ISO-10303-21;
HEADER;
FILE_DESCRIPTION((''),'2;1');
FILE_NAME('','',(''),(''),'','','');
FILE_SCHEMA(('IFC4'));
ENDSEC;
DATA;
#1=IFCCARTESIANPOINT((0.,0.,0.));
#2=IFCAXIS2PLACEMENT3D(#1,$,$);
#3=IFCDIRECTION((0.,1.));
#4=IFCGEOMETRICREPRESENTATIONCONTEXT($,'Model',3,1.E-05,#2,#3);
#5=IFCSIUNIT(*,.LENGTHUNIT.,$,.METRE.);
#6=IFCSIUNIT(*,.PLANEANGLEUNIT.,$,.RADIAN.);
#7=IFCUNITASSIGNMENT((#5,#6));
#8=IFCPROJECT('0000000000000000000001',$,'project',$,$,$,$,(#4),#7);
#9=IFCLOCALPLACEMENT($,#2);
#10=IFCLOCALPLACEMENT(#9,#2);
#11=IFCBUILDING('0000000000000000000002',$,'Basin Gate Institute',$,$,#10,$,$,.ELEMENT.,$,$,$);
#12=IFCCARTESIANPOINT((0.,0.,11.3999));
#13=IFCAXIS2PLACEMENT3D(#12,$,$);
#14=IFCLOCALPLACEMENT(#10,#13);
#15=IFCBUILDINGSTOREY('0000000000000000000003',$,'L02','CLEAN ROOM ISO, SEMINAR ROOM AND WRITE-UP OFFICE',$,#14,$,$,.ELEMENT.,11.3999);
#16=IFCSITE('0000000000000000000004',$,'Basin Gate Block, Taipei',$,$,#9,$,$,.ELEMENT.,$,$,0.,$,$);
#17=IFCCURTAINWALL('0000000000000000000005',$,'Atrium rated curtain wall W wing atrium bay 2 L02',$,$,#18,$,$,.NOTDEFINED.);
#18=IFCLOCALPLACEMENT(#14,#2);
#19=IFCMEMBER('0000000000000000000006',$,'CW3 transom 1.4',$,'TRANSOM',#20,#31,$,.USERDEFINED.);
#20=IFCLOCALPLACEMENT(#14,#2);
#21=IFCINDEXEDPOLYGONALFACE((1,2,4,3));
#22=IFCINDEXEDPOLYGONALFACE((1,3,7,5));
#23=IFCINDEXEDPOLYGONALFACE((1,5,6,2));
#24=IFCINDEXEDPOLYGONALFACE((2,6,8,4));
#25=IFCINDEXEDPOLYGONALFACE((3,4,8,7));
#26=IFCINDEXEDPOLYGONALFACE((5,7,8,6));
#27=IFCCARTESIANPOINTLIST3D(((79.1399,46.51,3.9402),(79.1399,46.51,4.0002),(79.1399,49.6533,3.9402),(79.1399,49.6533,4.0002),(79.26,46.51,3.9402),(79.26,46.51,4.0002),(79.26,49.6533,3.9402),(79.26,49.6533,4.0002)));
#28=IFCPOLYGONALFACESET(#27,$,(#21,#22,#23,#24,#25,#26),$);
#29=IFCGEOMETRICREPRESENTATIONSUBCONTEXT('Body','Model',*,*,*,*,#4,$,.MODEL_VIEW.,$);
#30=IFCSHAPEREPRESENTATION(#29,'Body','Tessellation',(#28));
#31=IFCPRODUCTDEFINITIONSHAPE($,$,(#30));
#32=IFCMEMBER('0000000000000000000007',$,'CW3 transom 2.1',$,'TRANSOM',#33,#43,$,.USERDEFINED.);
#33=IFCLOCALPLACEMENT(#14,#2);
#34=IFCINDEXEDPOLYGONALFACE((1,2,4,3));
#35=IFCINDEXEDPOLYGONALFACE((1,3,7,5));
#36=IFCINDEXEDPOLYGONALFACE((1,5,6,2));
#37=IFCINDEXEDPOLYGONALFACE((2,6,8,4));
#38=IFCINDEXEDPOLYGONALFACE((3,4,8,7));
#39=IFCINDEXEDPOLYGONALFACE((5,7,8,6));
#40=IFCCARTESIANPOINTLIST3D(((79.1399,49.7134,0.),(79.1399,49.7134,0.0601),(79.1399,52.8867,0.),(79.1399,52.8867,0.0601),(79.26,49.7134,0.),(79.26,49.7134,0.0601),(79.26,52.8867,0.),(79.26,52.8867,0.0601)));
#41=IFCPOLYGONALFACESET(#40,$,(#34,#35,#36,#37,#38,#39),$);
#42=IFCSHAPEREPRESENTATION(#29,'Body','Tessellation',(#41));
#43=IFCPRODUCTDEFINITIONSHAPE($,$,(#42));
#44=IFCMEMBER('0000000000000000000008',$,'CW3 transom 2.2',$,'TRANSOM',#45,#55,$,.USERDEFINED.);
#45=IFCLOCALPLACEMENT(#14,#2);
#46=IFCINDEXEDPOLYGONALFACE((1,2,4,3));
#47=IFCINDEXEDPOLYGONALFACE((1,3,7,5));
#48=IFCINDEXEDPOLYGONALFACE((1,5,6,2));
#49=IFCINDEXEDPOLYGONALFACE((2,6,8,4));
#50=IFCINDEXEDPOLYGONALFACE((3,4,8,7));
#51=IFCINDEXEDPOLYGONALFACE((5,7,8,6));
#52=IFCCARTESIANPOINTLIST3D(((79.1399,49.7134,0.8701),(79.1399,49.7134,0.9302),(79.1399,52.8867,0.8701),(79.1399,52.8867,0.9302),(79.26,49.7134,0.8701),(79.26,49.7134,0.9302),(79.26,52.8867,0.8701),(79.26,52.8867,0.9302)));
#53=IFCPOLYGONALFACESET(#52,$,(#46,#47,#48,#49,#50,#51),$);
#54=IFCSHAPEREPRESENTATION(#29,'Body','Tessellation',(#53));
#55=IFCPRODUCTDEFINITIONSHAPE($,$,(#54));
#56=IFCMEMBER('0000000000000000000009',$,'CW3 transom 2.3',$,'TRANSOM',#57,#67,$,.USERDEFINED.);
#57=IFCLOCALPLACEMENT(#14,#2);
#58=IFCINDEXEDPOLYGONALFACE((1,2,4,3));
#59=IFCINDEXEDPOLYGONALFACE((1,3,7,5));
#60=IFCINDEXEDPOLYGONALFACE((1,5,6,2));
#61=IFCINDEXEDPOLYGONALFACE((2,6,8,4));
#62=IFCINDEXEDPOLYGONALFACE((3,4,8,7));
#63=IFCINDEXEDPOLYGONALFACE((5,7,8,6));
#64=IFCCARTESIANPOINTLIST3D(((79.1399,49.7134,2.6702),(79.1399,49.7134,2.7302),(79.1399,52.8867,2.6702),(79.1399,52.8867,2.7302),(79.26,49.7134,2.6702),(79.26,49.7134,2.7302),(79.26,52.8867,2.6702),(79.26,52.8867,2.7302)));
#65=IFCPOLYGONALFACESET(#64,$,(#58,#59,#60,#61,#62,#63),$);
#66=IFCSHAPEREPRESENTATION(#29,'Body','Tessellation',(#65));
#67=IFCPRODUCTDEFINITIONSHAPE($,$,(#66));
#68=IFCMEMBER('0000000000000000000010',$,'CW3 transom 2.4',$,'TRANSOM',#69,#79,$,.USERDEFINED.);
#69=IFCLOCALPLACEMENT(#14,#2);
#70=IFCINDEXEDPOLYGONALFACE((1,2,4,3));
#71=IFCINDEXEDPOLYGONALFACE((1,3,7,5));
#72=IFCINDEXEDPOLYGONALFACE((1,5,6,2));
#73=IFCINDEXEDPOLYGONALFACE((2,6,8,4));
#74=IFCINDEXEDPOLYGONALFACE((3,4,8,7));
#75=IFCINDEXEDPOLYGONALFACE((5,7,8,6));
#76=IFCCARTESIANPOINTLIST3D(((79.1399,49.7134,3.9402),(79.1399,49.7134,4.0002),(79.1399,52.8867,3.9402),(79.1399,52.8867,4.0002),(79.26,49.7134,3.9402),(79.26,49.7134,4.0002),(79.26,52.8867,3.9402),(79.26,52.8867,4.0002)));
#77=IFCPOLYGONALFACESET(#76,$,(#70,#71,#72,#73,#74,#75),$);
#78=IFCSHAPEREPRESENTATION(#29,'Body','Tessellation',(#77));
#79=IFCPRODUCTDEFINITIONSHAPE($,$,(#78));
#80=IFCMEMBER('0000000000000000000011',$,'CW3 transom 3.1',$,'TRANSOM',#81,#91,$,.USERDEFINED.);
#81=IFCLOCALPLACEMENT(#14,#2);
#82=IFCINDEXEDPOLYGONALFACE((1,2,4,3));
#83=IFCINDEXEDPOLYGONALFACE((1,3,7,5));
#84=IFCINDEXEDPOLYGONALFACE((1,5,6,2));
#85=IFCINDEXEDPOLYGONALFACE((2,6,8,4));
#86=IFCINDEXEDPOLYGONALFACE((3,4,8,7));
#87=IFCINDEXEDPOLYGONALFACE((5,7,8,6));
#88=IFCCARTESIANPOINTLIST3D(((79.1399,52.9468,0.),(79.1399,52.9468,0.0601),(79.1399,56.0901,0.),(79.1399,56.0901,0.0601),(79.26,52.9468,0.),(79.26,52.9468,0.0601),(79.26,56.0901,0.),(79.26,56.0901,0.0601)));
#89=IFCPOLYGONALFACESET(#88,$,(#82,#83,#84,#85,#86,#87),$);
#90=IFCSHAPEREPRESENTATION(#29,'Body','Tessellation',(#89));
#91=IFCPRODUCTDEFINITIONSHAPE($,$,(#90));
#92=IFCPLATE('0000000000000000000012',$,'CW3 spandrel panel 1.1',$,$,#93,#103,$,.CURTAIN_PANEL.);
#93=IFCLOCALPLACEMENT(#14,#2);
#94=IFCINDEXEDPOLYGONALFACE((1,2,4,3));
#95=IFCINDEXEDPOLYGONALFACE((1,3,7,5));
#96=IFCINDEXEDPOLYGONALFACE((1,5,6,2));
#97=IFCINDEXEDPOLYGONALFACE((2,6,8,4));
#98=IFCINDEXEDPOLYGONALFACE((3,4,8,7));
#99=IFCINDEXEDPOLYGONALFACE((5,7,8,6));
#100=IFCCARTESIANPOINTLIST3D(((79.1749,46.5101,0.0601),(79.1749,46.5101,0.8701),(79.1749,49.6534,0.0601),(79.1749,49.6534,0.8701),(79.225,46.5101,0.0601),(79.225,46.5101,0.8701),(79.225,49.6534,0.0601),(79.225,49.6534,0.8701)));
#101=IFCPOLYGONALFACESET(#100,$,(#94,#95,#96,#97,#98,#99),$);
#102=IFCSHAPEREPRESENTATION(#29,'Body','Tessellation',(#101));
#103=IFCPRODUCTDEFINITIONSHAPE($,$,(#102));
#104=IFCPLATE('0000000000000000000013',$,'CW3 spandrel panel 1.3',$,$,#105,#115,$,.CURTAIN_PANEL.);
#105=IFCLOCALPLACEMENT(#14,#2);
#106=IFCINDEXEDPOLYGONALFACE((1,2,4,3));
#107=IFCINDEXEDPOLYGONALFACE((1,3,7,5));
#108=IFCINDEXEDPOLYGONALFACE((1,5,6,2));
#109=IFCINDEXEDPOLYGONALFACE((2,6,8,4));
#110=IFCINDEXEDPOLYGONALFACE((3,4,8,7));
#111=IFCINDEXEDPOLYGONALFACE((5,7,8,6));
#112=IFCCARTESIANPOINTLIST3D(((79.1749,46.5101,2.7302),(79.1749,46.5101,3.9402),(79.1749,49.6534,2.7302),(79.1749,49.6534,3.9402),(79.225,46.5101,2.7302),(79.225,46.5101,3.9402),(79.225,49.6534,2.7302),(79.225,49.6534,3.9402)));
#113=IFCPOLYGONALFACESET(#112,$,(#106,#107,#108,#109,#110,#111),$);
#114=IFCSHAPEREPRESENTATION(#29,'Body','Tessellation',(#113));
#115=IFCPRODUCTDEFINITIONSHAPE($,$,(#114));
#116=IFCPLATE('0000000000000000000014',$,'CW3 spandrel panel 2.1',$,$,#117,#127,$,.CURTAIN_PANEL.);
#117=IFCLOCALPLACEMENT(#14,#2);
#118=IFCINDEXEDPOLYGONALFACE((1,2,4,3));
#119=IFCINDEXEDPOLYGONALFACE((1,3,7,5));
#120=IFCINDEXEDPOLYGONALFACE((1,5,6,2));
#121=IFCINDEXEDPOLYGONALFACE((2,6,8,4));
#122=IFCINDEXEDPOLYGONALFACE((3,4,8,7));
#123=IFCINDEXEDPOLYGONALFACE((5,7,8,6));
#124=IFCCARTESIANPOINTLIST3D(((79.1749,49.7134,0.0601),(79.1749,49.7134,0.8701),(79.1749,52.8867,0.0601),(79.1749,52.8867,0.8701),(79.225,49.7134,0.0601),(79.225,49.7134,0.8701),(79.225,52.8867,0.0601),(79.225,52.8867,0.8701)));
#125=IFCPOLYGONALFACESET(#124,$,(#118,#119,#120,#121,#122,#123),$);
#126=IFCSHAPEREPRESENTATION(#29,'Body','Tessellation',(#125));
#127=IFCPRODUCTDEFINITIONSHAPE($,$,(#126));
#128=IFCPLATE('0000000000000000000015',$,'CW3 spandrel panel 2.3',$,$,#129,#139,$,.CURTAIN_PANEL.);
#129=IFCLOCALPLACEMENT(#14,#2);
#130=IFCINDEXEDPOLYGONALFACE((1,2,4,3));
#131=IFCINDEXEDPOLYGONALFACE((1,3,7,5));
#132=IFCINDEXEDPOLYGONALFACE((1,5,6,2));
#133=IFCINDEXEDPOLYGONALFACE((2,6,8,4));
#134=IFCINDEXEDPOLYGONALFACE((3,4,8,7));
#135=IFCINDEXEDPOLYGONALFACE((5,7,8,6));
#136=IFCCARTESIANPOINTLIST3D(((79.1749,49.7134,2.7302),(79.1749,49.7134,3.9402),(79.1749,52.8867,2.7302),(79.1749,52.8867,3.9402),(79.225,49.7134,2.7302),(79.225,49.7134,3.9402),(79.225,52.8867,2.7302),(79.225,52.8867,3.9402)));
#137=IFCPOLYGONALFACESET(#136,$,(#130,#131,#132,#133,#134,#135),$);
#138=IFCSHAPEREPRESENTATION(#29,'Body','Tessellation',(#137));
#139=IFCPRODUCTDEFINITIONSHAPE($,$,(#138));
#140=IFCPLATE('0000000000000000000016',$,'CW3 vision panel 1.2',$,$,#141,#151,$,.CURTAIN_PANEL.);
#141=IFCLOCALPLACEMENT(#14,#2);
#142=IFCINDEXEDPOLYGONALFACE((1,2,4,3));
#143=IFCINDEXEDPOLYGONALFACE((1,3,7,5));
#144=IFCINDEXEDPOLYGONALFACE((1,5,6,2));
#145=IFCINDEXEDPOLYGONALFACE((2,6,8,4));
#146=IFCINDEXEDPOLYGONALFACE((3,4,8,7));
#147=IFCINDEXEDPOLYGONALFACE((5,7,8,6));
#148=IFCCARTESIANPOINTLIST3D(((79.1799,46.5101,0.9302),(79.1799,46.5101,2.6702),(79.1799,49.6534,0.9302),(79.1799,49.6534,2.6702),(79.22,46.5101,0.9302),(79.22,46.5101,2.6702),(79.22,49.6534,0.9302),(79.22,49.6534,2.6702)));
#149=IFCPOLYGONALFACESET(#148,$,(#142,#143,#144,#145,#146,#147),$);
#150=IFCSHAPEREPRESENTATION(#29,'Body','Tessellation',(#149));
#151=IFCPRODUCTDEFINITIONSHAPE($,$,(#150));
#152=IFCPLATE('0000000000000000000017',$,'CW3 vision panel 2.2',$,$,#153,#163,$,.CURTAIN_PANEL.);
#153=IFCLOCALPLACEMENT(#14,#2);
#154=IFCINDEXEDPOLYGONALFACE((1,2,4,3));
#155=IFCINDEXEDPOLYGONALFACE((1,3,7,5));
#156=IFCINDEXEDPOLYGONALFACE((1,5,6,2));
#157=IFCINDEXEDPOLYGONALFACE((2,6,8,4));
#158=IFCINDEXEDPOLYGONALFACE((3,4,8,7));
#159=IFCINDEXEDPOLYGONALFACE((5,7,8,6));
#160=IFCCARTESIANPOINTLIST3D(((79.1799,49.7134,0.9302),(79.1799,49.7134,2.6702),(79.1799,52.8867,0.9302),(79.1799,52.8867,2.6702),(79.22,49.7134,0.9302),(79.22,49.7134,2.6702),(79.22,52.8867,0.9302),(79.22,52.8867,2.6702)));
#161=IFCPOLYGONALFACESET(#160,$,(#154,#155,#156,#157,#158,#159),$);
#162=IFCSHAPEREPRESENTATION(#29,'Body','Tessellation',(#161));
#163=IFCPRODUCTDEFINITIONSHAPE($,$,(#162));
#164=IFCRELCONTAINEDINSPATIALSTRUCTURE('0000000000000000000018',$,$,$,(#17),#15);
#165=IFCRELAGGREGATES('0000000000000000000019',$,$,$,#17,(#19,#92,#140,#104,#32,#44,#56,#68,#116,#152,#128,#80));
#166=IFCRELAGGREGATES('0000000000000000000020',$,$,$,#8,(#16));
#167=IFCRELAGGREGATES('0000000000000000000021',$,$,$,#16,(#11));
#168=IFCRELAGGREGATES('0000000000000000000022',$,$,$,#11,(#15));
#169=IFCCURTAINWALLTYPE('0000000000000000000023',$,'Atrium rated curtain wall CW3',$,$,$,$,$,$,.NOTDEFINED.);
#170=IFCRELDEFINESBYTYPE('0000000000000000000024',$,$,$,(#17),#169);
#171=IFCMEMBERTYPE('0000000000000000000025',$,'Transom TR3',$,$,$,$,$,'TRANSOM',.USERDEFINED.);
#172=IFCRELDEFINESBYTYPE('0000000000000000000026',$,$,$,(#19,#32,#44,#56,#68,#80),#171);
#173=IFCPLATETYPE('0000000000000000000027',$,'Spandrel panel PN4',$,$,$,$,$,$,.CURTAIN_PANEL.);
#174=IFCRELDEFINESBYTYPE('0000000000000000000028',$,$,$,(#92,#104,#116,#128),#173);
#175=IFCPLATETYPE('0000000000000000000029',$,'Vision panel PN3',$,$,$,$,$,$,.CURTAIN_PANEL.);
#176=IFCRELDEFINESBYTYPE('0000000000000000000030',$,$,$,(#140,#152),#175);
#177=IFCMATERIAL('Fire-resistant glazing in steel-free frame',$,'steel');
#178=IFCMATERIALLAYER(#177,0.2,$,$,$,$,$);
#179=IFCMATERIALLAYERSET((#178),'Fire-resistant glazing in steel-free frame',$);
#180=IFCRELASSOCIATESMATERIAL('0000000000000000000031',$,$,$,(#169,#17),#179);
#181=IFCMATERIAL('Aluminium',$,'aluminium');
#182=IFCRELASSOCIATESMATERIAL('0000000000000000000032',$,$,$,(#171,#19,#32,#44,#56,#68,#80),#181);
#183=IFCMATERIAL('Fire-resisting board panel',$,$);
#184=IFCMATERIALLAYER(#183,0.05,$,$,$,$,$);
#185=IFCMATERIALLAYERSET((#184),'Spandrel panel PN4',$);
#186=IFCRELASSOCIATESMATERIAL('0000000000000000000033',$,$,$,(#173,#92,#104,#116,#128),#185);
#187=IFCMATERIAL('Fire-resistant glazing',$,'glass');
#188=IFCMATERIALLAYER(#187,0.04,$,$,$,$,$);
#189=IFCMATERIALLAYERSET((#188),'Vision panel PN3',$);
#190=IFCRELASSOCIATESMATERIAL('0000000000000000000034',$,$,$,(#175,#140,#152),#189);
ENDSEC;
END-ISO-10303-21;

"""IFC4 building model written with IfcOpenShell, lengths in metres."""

from ifc_helpers import new_model, si_unit, direction, frame, origin, origin_2d, place, context, subcontext, project, spatial, rectangle, extrude, material, layer, layer_set, material_profile, profile_set, type_object, element, aggregate, save


model = new_model("IFC4")

# Units and contexts
model_context = context("Model", 3, precision=1e-05, world=origin(), true_north=direction((0.0, 1.0)))
body_context = subcontext(model_context, "Body", "Model", "MODEL_VIEW")
ifc_project = project(units=[si_unit("LENGTHUNIT", "METRE"), si_unit("PLANEANGLEUNIT", "RADIAN")], contexts=[model_context])

# Site, building, storey
site_placement = place(None, origin())
site = spatial("IfcSite", under=ifc_project, at=site_placement, Name="Basin Gate Block, Taipei", CompositionType="ELEMENT", RefElevation=0.0)
building_placement = place(site_placement, origin())
building = spatial("IfcBuilding", under=site, at=building_placement, Name="Basin Gate Institute", CompositionType="ELEMENT")
storey_placement = place(building_placement, frame((0.0, 0.0, 11.3999)))
storey = spatial("IfcBuildingStorey", under=building, at=storey_placement, Name="L02", Description="CLEAN ROOM ISO, SEMINAR ROOM AND WRITE-UP OFFICE", CompositionType="ELEMENT", Elevation=11.3999)

# Curtain wall
ifc_material_1 = material(Name="Fire-resistant glazing in steel-free frame", Category="steel")
ifc_layer_1 = layer(ifc_material_1, 0.2)
ifc_layer_set_1 = layer_set([ifc_layer_1], Name="Fire-resistant glazing in steel-free frame")
curtain_wall_type = type_object("IfcCurtainWallType", Name="Atrium rated curtain wall CW3", PredefinedType="NOTDEFINED", material=ifc_layer_set_1)
curtain_wall_placement = place(storey_placement, origin())
curtain_wall = element("IfcCurtainWall", 1, at=curtain_wall_placement, inside=storey, type_object=curtain_wall_type, material=ifc_layer_set_1, Name="Atrium rated curtain wall W wing atrium bay 2 L02", PredefinedType="NOTDEFINED")

# Members
ifc_material_2 = material(Name="Aluminium", Category="aluminium")
ifc_material_profile_1 = material_profile(ifc_material_2, rectangle(XDim=0.1201, YDim=0.0601, at=origin_2d()), Name="Transom TR3 120 x 60")
ifc_profile_set_1 = profile_set([ifc_material_profile_1], Name="Aluminium")
member_type_1 = type_object("IfcMemberType", Name="Transom TR3", ElementType="TRANSOM", PredefinedType="USERDEFINED", material=ifc_profile_set_1)
member_1_placement = place(storey_placement, frame((79.2, 46.51, 3.9702), z_axis=(0.0, 1.0, 0.0), x_axis=(-1.0, 0.0, 0.0)))
member_1 = element("IfcMember", 2, at=member_1_placement, type_object=member_type_1, material=ifc_profile_set_1, Name="CW3 transom 1.4", ObjectType="TRANSOM", PredefinedType="USERDEFINED", context=body_context, shape_type="SweptSolid", body=[
    extrude(rectangle(XDim=0.1201, YDim=0.0601, at=origin_2d()), origin(), (0.0, 0.0, 1.0), 3.1433),
])
member_2_placement = place(storey_placement, frame((79.2, 49.7134, 0.03), z_axis=(0.0, 1.0, 0.0), x_axis=(-1.0, 0.0, 0.0)))
member_2 = element("IfcMember", 3, at=member_2_placement, type_object=member_type_1, material=ifc_profile_set_1, Name="CW3 transom 2.1", ObjectType="TRANSOM", PredefinedType="USERDEFINED", context=body_context, shape_type="SweptSolid", body=[
    extrude(rectangle(XDim=0.1201, YDim=0.0601, at=origin_2d()), origin(), (0.0, 0.0, 1.0), 3.1733),
])
member_3_placement = place(storey_placement, frame((79.2, 49.7134, 0.9001), z_axis=(0.0, 1.0, 0.0), x_axis=(-1.0, 0.0, 0.0)))
member_3 = element("IfcMember", 4, at=member_3_placement, type_object=member_type_1, material=ifc_profile_set_1, Name="CW3 transom 2.2", ObjectType="TRANSOM", PredefinedType="USERDEFINED", context=body_context, shape_type="SweptSolid", body=[
    extrude(rectangle(XDim=0.1201, YDim=0.0601, at=origin_2d()), origin(), (0.0, 0.0, 1.0), 3.1733),
])
member_4_placement = place(storey_placement, frame((79.2, 49.7134, 2.7002), z_axis=(0.0, 1.0, 0.0), x_axis=(-1.0, 0.0, 0.0)))
member_4 = element("IfcMember", 5, at=member_4_placement, type_object=member_type_1, material=ifc_profile_set_1, Name="CW3 transom 2.3", ObjectType="TRANSOM", PredefinedType="USERDEFINED", context=body_context, shape_type="SweptSolid", body=[
    extrude(rectangle(XDim=0.1201, YDim=0.0601, at=origin_2d()), origin(), (0.0, 0.0, 1.0), 3.1733),
])
member_5_placement = place(storey_placement, frame((79.2, 49.7134, 3.9702), z_axis=(0.0, 1.0, 0.0), x_axis=(-1.0, 0.0, 0.0)))
member_5 = element("IfcMember", 6, at=member_5_placement, type_object=member_type_1, material=ifc_profile_set_1, Name="CW3 transom 2.4", ObjectType="TRANSOM", PredefinedType="USERDEFINED", context=body_context, shape_type="SweptSolid", body=[
    extrude(rectangle(XDim=0.1201, YDim=0.0601, at=origin_2d()), origin(), (0.0, 0.0, 1.0), 3.1733),
])
member_6_placement = place(storey_placement, frame((79.2, 52.9468, 0.03), z_axis=(0.0, 1.0, 0.0), x_axis=(-1.0, 0.0, 0.0)))
member_6 = element("IfcMember", 7, at=member_6_placement, type_object=member_type_1, material=ifc_profile_set_1, Name="CW3 transom 3.1", ObjectType="TRANSOM", PredefinedType="USERDEFINED", context=body_context, shape_type="SweptSolid", body=[
    extrude(rectangle(XDim=0.1201, YDim=0.0601, at=origin_2d()), origin(), (0.0, 0.0, 1.0), 3.1433),
])

# Plates
ifc_material_3 = material(Name="Fire-resisting board panel")
ifc_layer_2 = layer(ifc_material_3, 0.05)
ifc_layer_set_2 = layer_set([ifc_layer_2], Name="Spandrel panel PN4")
plate_type_1 = type_object("IfcPlateType", Name="Spandrel panel PN4", PredefinedType="CURTAIN_PANEL", material=ifc_layer_set_2)
plate_1_placement = place(storey_placement, frame((79.2, 48.0818, 0.0601), z_axis=(0.0, 0.0, 1.0), x_axis=(0.0, 1.0, 0.0)))
plate_1 = element("IfcPlate", 8, at=plate_1_placement, type_object=plate_type_1, material=ifc_layer_set_2, Name="CW3 spandrel panel 1.1", PredefinedType="CURTAIN_PANEL", context=body_context, shape_type="SweptSolid", body=[
    extrude(rectangle(XDim=3.1433, YDim=0.05, at=origin_2d()), origin(), (0.0, 0.0, 1.0), 0.8101),
])
plate_2_placement = place(storey_placement, frame((79.2, 48.0818, 2.7302), z_axis=(0.0, 0.0, 1.0), x_axis=(0.0, 1.0, 0.0)))
plate_2 = element("IfcPlate", 9, at=plate_2_placement, type_object=plate_type_1, material=ifc_layer_set_2, Name="CW3 spandrel panel 1.3", PredefinedType="CURTAIN_PANEL", context=body_context, shape_type="SweptSolid", body=[
    extrude(rectangle(XDim=3.1433, YDim=0.05, at=origin_2d()), origin(), (0.0, 0.0, 1.0), 1.21),
])
plate_3_placement = place(storey_placement, frame((79.2, 51.3, 0.0601), z_axis=(0.0, 0.0, 1.0), x_axis=(0.0, 1.0, 0.0)))
plate_3 = element("IfcPlate", 10, at=plate_3_placement, type_object=plate_type_1, material=ifc_layer_set_2, Name="CW3 spandrel panel 2.1", PredefinedType="CURTAIN_PANEL", context=body_context, shape_type="SweptSolid", body=[
    extrude(rectangle(XDim=3.1733, YDim=0.05, at=origin_2d()), origin(), (0.0, 0.0, 1.0), 0.8101),
])
plate_4_placement = place(storey_placement, frame((79.2, 51.3, 2.7302), z_axis=(0.0, 0.0, 1.0), x_axis=(0.0, 1.0, 0.0)))
plate_4 = element("IfcPlate", 11, at=plate_4_placement, type_object=plate_type_1, material=ifc_layer_set_2, Name="CW3 spandrel panel 2.3", PredefinedType="CURTAIN_PANEL", context=body_context, shape_type="SweptSolid", body=[
    extrude(rectangle(XDim=3.1733, YDim=0.05, at=origin_2d()), origin(), (0.0, 0.0, 1.0), 1.21),
])
ifc_material_4 = material(Name="Fire-resistant glazing", Category="glass")
ifc_layer_3 = layer(ifc_material_4, 0.04)
ifc_layer_set_3 = layer_set([ifc_layer_3], Name="Vision panel PN3")
plate_type_2 = type_object("IfcPlateType", Name="Vision panel PN3", PredefinedType="CURTAIN_PANEL", material=ifc_layer_set_3)
plate_5_placement = place(storey_placement, frame((79.2, 48.0818, 0.9302), z_axis=(0.0, 0.0, 1.0), x_axis=(0.0, 1.0, 0.0)))
plate_5 = element("IfcPlate", 12, at=plate_5_placement, type_object=plate_type_2, material=ifc_layer_set_3, Name="CW3 vision panel 1.2", PredefinedType="CURTAIN_PANEL", context=body_context, shape_type="SweptSolid", body=[
    extrude(rectangle(XDim=3.1433, YDim=0.04, at=origin_2d()), origin(), (0.0, 0.0, 1.0), 1.74),
])
plate_6_placement = place(storey_placement, frame((79.2, 51.3, 0.9302), z_axis=(0.0, 0.0, 1.0), x_axis=(0.0, 1.0, 0.0)))
plate_6 = element("IfcPlate", 13, at=plate_6_placement, type_object=plate_type_2, material=ifc_layer_set_3, Name="CW3 vision panel 2.2", PredefinedType="CURTAIN_PANEL", context=body_context, shape_type="SweptSolid", body=[
    extrude(rectangle(XDim=3.1733, YDim=0.04, at=origin_2d()), origin(), (0.0, 0.0, 1.0), 1.74),
])
aggregate(curtain_wall, [member_1, plate_1, plate_5, plate_2, member_2, member_3, member_4, member_5, plate_3, plate_6, plate_4, member_6])

save(model, "model.ifc")
